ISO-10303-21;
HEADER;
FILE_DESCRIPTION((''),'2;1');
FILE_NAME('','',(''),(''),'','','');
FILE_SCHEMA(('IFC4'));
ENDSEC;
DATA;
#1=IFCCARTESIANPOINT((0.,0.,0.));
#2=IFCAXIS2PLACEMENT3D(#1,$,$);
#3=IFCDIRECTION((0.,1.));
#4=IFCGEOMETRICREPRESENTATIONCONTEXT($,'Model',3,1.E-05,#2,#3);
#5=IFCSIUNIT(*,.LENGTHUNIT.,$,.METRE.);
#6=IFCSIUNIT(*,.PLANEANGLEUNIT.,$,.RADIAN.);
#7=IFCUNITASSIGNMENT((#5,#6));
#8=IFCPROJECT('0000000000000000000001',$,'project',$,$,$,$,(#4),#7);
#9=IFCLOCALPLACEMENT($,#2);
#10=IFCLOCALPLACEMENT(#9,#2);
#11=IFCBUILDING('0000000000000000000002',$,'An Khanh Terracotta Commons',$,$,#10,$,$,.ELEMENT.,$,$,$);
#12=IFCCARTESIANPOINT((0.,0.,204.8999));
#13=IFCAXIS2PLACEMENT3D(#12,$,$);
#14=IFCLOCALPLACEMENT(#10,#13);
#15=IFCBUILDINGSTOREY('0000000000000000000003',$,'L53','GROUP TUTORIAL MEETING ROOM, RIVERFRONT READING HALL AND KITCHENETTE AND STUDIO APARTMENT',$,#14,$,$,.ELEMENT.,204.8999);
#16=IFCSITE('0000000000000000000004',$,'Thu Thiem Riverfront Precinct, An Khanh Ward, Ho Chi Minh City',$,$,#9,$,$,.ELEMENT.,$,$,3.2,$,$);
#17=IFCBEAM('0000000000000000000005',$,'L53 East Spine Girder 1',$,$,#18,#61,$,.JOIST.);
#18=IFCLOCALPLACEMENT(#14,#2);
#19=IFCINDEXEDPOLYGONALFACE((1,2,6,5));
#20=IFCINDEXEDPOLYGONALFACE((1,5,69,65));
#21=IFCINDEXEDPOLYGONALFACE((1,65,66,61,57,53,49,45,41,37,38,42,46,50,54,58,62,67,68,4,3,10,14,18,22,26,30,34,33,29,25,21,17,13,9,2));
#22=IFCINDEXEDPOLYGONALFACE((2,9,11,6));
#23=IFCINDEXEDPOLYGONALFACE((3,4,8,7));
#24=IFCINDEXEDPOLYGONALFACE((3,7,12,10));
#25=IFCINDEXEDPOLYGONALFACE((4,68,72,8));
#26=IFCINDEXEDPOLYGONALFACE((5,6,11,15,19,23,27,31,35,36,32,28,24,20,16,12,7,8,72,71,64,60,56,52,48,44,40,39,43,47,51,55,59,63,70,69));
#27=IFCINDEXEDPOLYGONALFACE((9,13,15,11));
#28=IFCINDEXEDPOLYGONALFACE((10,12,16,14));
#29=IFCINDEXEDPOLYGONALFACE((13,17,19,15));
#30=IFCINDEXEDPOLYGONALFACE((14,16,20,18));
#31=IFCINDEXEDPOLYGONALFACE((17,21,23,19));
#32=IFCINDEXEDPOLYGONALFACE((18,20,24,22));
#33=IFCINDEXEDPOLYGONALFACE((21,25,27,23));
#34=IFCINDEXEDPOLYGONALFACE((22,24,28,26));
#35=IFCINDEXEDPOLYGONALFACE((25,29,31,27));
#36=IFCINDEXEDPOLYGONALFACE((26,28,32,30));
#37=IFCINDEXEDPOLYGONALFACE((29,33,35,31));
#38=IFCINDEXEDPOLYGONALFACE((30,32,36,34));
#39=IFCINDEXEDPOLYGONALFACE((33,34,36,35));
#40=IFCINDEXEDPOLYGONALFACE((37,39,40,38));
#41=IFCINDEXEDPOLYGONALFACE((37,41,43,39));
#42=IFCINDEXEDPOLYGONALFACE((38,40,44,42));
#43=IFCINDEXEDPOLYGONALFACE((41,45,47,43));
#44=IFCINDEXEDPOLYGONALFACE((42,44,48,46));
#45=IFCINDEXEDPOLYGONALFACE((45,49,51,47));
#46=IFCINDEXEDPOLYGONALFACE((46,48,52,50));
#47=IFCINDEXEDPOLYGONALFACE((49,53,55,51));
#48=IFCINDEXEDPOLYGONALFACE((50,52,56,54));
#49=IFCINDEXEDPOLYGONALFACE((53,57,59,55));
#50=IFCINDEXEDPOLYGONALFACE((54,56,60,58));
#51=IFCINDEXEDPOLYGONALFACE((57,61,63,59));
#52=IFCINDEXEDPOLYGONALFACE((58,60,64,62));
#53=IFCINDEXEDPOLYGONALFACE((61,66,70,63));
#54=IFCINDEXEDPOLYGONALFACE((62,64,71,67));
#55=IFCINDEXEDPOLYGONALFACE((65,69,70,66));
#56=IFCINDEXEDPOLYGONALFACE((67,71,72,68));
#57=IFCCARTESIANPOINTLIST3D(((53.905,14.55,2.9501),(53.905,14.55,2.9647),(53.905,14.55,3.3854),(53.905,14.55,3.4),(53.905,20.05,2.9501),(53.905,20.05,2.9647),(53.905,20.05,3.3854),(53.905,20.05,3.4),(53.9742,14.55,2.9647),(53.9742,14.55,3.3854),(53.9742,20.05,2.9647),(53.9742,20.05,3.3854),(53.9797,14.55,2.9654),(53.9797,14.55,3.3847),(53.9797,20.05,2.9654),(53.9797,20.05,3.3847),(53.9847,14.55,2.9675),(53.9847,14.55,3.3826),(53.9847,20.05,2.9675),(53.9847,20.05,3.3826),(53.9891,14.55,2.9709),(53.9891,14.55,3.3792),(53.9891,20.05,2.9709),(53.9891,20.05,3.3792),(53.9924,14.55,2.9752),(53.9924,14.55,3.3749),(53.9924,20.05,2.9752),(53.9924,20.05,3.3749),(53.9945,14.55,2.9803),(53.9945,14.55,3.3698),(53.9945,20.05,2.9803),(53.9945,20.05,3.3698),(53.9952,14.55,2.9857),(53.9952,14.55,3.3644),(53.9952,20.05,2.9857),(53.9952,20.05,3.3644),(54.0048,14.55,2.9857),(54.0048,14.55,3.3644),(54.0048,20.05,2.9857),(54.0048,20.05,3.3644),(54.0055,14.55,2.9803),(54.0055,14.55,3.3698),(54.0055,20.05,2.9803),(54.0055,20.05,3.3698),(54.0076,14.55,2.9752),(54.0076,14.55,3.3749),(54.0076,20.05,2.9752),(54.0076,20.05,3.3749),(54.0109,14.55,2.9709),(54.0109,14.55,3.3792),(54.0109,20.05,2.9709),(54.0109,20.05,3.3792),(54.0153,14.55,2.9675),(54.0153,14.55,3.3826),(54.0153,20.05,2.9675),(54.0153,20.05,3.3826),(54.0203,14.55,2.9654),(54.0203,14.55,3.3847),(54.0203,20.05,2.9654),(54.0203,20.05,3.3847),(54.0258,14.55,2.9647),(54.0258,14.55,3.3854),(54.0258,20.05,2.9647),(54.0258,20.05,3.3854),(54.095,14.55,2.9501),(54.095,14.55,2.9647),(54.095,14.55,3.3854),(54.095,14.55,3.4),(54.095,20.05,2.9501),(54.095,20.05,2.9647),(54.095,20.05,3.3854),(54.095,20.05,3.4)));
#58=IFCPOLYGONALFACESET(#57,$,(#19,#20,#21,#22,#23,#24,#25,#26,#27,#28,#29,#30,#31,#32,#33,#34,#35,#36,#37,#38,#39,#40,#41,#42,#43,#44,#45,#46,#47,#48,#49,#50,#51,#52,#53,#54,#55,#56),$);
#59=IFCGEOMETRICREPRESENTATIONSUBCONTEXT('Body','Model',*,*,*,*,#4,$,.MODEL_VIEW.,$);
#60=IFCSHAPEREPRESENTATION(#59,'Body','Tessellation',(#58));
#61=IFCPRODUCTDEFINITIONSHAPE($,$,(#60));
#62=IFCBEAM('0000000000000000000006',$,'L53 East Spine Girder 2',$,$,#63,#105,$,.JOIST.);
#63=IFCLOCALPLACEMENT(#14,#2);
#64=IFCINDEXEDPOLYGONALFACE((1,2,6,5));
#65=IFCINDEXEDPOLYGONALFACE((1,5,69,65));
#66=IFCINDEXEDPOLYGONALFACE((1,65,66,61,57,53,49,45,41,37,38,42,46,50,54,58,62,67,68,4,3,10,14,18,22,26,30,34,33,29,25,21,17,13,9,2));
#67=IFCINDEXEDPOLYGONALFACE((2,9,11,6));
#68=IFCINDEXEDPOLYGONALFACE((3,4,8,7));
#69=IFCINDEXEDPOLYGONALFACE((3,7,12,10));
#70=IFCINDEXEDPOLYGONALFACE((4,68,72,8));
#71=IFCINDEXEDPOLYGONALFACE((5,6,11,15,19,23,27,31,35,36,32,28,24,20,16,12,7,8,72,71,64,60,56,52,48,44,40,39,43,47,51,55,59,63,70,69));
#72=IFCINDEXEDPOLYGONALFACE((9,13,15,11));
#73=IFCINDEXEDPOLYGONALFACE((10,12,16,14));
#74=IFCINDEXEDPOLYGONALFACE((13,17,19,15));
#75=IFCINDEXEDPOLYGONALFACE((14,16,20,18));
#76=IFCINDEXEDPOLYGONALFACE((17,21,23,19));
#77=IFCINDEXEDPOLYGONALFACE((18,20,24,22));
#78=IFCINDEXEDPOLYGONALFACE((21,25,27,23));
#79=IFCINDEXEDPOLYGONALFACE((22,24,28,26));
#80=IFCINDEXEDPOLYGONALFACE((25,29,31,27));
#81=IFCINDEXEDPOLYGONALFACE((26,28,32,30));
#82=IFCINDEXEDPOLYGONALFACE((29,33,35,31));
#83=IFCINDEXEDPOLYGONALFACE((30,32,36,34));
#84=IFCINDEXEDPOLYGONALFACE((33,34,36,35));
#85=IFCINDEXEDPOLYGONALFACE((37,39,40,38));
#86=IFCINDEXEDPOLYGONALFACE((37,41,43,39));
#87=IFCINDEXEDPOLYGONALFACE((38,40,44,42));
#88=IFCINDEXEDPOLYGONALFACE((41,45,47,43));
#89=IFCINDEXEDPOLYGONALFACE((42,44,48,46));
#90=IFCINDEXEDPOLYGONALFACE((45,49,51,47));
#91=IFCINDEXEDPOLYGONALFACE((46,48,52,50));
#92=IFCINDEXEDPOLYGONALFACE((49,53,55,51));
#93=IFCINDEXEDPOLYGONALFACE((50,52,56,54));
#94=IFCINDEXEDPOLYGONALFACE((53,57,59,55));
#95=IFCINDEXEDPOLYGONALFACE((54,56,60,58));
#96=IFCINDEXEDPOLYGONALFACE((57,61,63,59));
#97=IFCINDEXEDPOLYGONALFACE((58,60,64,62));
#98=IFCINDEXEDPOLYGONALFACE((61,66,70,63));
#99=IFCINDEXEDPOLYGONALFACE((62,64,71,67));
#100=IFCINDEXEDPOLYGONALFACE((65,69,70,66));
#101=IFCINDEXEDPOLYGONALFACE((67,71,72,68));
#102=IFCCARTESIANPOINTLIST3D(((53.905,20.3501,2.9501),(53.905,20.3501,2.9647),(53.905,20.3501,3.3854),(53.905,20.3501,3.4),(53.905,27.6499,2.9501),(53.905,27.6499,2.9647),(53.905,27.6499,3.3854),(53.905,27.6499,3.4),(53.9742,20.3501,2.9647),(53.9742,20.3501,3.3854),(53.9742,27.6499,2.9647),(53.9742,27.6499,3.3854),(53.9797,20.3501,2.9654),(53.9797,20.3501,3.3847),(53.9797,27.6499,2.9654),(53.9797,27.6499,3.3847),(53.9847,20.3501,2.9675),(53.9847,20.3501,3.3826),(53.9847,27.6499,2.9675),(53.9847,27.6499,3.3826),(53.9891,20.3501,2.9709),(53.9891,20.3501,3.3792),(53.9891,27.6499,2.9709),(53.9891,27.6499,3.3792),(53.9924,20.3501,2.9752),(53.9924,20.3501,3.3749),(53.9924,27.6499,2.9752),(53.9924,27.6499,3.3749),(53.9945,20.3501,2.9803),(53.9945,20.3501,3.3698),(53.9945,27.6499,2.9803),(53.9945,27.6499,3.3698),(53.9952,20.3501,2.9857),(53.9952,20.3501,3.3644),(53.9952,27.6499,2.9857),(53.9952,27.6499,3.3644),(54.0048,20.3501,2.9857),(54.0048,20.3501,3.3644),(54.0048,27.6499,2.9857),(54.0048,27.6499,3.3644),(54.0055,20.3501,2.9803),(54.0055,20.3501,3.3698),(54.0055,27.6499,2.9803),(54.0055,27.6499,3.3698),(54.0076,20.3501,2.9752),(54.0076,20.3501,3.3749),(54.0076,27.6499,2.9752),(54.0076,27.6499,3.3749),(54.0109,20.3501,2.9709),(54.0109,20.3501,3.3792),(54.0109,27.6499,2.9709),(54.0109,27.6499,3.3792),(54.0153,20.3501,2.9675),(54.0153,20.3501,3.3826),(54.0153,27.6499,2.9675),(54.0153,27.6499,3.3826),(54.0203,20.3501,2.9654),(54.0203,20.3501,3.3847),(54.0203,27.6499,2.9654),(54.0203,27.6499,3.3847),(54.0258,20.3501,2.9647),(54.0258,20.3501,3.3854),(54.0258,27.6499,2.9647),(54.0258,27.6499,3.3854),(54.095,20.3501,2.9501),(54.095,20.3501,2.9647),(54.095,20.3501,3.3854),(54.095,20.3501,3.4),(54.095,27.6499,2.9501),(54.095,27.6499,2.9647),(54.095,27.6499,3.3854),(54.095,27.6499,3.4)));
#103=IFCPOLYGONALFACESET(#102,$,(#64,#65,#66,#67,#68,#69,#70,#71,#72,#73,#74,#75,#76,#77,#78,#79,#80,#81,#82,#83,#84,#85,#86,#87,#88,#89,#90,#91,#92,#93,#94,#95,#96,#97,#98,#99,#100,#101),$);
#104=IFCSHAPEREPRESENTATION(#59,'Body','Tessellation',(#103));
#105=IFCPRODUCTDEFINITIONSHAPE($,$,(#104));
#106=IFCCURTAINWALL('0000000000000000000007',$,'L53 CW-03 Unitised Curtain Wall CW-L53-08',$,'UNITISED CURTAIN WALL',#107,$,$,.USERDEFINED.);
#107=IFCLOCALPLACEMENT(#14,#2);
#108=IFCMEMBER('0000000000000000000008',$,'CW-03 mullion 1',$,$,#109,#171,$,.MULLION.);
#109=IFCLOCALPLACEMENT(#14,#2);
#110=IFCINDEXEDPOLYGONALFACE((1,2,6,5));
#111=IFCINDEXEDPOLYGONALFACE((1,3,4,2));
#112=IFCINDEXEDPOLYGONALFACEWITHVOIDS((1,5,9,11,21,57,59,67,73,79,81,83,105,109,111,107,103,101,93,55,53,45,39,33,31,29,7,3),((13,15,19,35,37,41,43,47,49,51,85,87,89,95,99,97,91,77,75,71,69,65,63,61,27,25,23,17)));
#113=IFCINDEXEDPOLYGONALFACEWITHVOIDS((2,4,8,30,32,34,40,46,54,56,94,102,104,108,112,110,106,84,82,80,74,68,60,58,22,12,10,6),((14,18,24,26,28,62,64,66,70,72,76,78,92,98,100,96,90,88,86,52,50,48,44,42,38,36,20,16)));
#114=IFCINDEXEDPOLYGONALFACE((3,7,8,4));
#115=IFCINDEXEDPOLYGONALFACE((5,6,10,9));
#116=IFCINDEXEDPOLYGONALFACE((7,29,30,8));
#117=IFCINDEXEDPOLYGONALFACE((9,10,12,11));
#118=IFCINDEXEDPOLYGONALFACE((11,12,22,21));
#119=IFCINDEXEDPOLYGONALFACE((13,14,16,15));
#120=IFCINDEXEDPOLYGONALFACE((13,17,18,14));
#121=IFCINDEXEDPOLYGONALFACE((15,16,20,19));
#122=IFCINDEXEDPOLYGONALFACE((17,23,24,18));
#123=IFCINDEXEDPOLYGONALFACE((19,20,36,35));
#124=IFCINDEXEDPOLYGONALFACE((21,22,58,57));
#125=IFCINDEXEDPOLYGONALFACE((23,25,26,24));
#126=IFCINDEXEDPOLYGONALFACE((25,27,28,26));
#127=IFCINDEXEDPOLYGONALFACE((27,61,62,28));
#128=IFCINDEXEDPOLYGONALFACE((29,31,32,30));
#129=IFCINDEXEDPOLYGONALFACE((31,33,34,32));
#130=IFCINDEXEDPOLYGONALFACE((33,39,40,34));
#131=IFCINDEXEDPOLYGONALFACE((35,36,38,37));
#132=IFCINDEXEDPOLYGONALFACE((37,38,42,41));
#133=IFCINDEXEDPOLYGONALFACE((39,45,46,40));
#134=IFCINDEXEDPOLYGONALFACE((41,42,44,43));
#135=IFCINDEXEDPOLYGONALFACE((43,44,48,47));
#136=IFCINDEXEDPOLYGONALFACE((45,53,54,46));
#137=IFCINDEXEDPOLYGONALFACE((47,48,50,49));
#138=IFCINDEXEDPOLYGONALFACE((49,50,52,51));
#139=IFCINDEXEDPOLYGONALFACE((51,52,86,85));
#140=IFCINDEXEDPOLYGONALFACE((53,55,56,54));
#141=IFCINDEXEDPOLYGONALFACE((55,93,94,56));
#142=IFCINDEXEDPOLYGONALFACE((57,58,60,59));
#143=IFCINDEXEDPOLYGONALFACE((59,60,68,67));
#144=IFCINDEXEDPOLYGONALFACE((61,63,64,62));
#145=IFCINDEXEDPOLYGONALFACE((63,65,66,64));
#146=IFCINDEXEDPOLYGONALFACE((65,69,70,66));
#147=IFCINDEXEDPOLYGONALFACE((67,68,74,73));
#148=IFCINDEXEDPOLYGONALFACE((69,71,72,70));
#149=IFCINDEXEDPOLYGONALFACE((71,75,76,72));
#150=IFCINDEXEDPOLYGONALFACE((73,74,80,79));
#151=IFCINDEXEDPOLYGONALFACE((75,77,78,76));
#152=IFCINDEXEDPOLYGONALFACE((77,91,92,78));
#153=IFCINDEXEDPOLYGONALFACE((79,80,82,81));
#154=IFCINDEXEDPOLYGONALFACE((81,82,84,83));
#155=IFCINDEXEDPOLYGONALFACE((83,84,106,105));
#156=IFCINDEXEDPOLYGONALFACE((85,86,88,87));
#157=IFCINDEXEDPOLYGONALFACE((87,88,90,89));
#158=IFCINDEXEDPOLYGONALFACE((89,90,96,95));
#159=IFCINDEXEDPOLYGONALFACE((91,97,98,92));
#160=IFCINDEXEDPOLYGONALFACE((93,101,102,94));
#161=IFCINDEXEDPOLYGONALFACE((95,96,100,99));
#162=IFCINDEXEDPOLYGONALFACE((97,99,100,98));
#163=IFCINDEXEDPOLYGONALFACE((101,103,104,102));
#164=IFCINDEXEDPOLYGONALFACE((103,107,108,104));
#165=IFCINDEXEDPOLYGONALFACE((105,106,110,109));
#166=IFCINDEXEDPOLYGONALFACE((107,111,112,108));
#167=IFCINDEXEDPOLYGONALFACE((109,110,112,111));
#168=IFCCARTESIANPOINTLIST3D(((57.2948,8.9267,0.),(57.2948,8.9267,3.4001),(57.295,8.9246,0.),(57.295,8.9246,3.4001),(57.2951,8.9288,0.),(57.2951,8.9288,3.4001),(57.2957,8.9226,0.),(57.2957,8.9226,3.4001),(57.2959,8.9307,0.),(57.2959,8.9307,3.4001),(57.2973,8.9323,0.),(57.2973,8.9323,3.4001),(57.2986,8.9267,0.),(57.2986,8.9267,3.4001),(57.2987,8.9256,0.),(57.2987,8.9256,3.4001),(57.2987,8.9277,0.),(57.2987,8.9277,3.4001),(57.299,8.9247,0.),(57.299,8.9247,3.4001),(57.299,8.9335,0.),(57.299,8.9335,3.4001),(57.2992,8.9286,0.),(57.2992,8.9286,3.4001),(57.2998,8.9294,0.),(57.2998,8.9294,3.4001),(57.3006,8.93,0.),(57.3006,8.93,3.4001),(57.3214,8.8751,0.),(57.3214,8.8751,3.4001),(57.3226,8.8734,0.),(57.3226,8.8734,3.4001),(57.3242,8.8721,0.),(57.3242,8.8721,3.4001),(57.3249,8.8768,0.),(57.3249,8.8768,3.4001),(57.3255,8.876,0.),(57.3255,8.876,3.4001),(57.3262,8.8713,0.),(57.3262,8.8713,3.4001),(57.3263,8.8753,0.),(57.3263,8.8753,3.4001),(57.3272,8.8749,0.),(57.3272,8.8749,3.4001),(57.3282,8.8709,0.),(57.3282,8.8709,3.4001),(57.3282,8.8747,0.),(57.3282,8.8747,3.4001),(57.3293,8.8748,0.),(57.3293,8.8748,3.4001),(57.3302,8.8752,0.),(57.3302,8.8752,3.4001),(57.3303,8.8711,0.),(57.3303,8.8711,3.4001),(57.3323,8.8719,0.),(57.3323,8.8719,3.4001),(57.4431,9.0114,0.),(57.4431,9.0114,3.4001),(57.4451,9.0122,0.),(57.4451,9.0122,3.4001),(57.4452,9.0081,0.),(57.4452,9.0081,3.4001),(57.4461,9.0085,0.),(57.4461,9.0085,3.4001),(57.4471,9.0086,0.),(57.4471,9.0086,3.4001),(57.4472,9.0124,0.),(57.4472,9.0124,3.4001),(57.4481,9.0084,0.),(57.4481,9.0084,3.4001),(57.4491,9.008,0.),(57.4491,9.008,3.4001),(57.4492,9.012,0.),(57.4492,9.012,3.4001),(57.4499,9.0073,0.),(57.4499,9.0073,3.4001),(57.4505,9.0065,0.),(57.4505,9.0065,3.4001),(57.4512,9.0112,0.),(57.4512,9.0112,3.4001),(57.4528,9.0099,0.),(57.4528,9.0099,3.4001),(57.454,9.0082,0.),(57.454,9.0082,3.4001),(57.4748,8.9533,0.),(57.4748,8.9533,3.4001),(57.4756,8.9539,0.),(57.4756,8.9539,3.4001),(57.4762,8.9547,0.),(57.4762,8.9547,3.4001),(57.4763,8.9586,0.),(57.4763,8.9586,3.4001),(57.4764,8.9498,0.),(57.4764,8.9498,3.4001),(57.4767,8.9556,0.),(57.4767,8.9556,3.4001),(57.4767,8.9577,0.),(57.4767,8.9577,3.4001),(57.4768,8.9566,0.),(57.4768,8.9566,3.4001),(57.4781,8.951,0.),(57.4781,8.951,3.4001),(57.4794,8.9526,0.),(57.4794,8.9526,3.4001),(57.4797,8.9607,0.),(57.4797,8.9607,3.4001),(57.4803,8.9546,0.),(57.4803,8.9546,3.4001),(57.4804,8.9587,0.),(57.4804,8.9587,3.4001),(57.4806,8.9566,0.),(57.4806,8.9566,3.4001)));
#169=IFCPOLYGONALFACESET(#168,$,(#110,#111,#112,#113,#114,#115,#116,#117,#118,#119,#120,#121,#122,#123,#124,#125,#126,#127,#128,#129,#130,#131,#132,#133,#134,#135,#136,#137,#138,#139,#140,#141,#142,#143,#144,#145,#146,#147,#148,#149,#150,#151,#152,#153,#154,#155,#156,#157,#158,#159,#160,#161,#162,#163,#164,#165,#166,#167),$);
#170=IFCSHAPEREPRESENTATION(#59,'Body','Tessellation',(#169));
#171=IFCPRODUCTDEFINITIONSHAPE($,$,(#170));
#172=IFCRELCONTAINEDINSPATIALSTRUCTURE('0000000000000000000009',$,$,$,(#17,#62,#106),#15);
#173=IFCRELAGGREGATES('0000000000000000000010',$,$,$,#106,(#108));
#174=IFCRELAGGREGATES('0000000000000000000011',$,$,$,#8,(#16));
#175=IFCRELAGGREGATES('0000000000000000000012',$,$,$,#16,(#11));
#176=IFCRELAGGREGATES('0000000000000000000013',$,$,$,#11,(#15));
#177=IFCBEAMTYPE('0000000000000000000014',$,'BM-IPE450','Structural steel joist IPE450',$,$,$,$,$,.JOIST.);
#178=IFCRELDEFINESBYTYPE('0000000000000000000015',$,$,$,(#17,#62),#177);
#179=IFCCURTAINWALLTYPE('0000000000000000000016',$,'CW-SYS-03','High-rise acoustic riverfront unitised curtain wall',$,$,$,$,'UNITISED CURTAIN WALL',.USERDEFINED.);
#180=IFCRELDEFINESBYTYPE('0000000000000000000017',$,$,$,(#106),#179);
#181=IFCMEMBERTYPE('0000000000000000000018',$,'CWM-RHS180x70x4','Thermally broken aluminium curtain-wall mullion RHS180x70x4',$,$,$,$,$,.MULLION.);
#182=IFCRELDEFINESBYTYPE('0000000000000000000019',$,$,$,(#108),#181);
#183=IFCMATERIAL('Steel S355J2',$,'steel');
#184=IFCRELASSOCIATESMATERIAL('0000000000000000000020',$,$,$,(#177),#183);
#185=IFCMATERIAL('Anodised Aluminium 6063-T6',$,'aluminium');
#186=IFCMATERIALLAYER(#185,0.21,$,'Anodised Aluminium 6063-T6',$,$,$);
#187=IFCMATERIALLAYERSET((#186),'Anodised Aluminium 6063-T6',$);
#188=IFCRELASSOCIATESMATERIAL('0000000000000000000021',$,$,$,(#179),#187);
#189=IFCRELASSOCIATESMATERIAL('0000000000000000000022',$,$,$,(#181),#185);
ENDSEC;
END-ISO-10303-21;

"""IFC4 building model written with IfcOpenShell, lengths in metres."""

from ifc_helpers import new_model, si_unit, direction, frame, origin, origin_2d, place, context, subcontext, project, spatial, hollow_rectangle, i_section, extrude, material, layer, layer_set, material_profile, profile_set, type_object, element, aggregate, save


model = new_model("IFC4")

# Units and contexts
model_context = context("Model", 3, precision=1e-05, world=origin(), true_north=direction((0.0, 1.0)))
body_context = subcontext(model_context, "Body", "Model", "MODEL_VIEW")
ifc_project = project(units=[si_unit("LENGTHUNIT", "METRE"), si_unit("PLANEANGLEUNIT", "RADIAN")], contexts=[model_context])

# Site, building, storey
site_placement = place(None, origin())
site = spatial("IfcSite", under=ifc_project, at=site_placement, Name="Thu Thiem Riverfront Precinct, An Khanh Ward, Ho Chi Minh City", CompositionType="ELEMENT", RefElevation=3.2)
building_placement = place(site_placement, origin())
building = spatial("IfcBuilding", under=site, at=building_placement, Name="An Khanh Terracotta Commons", CompositionType="ELEMENT")
storey_placement = place(building_placement, frame((0.0, 0.0, 204.8999)))
storey = spatial("IfcBuildingStorey", under=building, at=storey_placement, Name="L53", Description="GROUP TUTORIAL MEETING ROOM, RIVERFRONT READING HALL AND KITCHENETTE AND STUDIO APARTMENT", CompositionType="ELEMENT", Elevation=204.8999)

# Beams
ifc_material_1 = material(Name="Steel S355J2", Category="steel")
ifc_material_profile_1 = material_profile(ifc_material_1, i_section(OverallWidth=0.1899, OverallDepth=0.45, WebThickness=0.0095, FlangeThickness=0.0146, FilletRadius=0.021, at=origin_2d()), Name="IPE450")
ifc_profile_set_1 = profile_set([ifc_material_profile_1], Name="Steel S355J2")
beam_type_1 = type_object("IfcBeamType", Name="BM-IPE450", Description="Structural steel joist IPE450", PredefinedType="JOIST", material=ifc_profile_set_1)
beam_1_placement = place(storey_placement, frame((54.0, 14.55, 3.175), z_axis=(0.0, 1.0, 0.0), x_axis=(-1.0, 0.0, 0.0)))
element("IfcBeam", 1, at=beam_1_placement, inside=storey, type_object=beam_type_1, Name="L53 East Spine Girder 1", PredefinedType="JOIST", context=body_context, shape_type="SweptSolid", body=[
    extrude(i_section(OverallWidth=0.1899, OverallDepth=0.45, WebThickness=0.0095, FlangeThickness=0.0146, FilletRadius=0.021, at=origin_2d()), origin(), (0.0, 0.0, 1.0), 5.5),
])
beam_2_placement = place(storey_placement, frame((54.0, 20.3501, 3.175), z_axis=(0.0, 1.0, 0.0), x_axis=(-1.0, 0.0, 0.0)))
element("IfcBeam", 2, at=beam_2_placement, inside=storey, type_object=beam_type_1, Name="L53 East Spine Girder 2", PredefinedType="JOIST", context=body_context, shape_type="SweptSolid", body=[
    extrude(i_section(OverallWidth=0.1899, OverallDepth=0.45, WebThickness=0.0095, FlangeThickness=0.0146, FilletRadius=0.021, at=origin_2d()), origin(), (0.0, 0.0, 1.0), 7.2998),
])

# Curtain wall, member
ifc_material_2 = material(Name="Anodised Aluminium 6063-T6", Category="aluminium")
ifc_layer_1 = layer(ifc_material_2, 0.21, Name="Anodised Aluminium 6063-T6")
ifc_layer_set_1 = layer_set([ifc_layer_1], Name="Anodised Aluminium 6063-T6")
curtain_wall_type = type_object("IfcCurtainWallType", Name="CW-SYS-03", Description="High-rise acoustic riverfront unitised curtain wall", ElementType="UNITISED CURTAIN WALL", PredefinedType="USERDEFINED", material=ifc_layer_set_1)
curtain_wall_placement = place(storey_placement, origin())
curtain_wall = element("IfcCurtainWall", 3, at=curtain_wall_placement, inside=storey, type_object=curtain_wall_type, Name="L53 CW-03 Unitised Curtain Wall CW-L53-08", ObjectType="UNITISED CURTAIN WALL", PredefinedType="USERDEFINED")
ifc_material_profile_2 = material_profile(ifc_material_2, hollow_rectangle(XDim=0.0701, YDim=0.1799, WallThickness=0.0039, InnerFilletRadius=0.0039, OuterFilletRadius=0.0081, at=origin_2d()), Name="RHS180x70x4")
ifc_profile_set_2 = profile_set([ifc_material_profile_2], Name="Anodised Aluminium 6063-T6")
member_type_1 = type_object("IfcMemberType", Name="CWM-RHS180x70x4", Description="Thermally broken aluminium curtain-wall mullion RHS180x70x4", PredefinedType="MULLION", material=ifc_profile_set_2)
member_1_placement = place(storey_placement, frame((57.3877, 8.9417, 0.0), z_axis=(0.0, 0.0, 1.0), x_axis=(-0.475381, 0.87978, 0.0)))
member_1 = element("IfcMember", 4, at=member_1_placement, type_object=member_type_1, Name="CW-03 mullion 1", PredefinedType="MULLION", context=body_context, shape_type="SweptSolid", body=[
    extrude(hollow_rectangle(XDim=0.0701, YDim=0.1799, WallThickness=0.0039, InnerFilletRadius=0.0039, OuterFilletRadius=0.0081, at=origin_2d()), origin(), (0.0, 0.0, 1.0), 3.4001),
])
aggregate(curtain_wall, [member_1])

save(model, "model.ifc")
